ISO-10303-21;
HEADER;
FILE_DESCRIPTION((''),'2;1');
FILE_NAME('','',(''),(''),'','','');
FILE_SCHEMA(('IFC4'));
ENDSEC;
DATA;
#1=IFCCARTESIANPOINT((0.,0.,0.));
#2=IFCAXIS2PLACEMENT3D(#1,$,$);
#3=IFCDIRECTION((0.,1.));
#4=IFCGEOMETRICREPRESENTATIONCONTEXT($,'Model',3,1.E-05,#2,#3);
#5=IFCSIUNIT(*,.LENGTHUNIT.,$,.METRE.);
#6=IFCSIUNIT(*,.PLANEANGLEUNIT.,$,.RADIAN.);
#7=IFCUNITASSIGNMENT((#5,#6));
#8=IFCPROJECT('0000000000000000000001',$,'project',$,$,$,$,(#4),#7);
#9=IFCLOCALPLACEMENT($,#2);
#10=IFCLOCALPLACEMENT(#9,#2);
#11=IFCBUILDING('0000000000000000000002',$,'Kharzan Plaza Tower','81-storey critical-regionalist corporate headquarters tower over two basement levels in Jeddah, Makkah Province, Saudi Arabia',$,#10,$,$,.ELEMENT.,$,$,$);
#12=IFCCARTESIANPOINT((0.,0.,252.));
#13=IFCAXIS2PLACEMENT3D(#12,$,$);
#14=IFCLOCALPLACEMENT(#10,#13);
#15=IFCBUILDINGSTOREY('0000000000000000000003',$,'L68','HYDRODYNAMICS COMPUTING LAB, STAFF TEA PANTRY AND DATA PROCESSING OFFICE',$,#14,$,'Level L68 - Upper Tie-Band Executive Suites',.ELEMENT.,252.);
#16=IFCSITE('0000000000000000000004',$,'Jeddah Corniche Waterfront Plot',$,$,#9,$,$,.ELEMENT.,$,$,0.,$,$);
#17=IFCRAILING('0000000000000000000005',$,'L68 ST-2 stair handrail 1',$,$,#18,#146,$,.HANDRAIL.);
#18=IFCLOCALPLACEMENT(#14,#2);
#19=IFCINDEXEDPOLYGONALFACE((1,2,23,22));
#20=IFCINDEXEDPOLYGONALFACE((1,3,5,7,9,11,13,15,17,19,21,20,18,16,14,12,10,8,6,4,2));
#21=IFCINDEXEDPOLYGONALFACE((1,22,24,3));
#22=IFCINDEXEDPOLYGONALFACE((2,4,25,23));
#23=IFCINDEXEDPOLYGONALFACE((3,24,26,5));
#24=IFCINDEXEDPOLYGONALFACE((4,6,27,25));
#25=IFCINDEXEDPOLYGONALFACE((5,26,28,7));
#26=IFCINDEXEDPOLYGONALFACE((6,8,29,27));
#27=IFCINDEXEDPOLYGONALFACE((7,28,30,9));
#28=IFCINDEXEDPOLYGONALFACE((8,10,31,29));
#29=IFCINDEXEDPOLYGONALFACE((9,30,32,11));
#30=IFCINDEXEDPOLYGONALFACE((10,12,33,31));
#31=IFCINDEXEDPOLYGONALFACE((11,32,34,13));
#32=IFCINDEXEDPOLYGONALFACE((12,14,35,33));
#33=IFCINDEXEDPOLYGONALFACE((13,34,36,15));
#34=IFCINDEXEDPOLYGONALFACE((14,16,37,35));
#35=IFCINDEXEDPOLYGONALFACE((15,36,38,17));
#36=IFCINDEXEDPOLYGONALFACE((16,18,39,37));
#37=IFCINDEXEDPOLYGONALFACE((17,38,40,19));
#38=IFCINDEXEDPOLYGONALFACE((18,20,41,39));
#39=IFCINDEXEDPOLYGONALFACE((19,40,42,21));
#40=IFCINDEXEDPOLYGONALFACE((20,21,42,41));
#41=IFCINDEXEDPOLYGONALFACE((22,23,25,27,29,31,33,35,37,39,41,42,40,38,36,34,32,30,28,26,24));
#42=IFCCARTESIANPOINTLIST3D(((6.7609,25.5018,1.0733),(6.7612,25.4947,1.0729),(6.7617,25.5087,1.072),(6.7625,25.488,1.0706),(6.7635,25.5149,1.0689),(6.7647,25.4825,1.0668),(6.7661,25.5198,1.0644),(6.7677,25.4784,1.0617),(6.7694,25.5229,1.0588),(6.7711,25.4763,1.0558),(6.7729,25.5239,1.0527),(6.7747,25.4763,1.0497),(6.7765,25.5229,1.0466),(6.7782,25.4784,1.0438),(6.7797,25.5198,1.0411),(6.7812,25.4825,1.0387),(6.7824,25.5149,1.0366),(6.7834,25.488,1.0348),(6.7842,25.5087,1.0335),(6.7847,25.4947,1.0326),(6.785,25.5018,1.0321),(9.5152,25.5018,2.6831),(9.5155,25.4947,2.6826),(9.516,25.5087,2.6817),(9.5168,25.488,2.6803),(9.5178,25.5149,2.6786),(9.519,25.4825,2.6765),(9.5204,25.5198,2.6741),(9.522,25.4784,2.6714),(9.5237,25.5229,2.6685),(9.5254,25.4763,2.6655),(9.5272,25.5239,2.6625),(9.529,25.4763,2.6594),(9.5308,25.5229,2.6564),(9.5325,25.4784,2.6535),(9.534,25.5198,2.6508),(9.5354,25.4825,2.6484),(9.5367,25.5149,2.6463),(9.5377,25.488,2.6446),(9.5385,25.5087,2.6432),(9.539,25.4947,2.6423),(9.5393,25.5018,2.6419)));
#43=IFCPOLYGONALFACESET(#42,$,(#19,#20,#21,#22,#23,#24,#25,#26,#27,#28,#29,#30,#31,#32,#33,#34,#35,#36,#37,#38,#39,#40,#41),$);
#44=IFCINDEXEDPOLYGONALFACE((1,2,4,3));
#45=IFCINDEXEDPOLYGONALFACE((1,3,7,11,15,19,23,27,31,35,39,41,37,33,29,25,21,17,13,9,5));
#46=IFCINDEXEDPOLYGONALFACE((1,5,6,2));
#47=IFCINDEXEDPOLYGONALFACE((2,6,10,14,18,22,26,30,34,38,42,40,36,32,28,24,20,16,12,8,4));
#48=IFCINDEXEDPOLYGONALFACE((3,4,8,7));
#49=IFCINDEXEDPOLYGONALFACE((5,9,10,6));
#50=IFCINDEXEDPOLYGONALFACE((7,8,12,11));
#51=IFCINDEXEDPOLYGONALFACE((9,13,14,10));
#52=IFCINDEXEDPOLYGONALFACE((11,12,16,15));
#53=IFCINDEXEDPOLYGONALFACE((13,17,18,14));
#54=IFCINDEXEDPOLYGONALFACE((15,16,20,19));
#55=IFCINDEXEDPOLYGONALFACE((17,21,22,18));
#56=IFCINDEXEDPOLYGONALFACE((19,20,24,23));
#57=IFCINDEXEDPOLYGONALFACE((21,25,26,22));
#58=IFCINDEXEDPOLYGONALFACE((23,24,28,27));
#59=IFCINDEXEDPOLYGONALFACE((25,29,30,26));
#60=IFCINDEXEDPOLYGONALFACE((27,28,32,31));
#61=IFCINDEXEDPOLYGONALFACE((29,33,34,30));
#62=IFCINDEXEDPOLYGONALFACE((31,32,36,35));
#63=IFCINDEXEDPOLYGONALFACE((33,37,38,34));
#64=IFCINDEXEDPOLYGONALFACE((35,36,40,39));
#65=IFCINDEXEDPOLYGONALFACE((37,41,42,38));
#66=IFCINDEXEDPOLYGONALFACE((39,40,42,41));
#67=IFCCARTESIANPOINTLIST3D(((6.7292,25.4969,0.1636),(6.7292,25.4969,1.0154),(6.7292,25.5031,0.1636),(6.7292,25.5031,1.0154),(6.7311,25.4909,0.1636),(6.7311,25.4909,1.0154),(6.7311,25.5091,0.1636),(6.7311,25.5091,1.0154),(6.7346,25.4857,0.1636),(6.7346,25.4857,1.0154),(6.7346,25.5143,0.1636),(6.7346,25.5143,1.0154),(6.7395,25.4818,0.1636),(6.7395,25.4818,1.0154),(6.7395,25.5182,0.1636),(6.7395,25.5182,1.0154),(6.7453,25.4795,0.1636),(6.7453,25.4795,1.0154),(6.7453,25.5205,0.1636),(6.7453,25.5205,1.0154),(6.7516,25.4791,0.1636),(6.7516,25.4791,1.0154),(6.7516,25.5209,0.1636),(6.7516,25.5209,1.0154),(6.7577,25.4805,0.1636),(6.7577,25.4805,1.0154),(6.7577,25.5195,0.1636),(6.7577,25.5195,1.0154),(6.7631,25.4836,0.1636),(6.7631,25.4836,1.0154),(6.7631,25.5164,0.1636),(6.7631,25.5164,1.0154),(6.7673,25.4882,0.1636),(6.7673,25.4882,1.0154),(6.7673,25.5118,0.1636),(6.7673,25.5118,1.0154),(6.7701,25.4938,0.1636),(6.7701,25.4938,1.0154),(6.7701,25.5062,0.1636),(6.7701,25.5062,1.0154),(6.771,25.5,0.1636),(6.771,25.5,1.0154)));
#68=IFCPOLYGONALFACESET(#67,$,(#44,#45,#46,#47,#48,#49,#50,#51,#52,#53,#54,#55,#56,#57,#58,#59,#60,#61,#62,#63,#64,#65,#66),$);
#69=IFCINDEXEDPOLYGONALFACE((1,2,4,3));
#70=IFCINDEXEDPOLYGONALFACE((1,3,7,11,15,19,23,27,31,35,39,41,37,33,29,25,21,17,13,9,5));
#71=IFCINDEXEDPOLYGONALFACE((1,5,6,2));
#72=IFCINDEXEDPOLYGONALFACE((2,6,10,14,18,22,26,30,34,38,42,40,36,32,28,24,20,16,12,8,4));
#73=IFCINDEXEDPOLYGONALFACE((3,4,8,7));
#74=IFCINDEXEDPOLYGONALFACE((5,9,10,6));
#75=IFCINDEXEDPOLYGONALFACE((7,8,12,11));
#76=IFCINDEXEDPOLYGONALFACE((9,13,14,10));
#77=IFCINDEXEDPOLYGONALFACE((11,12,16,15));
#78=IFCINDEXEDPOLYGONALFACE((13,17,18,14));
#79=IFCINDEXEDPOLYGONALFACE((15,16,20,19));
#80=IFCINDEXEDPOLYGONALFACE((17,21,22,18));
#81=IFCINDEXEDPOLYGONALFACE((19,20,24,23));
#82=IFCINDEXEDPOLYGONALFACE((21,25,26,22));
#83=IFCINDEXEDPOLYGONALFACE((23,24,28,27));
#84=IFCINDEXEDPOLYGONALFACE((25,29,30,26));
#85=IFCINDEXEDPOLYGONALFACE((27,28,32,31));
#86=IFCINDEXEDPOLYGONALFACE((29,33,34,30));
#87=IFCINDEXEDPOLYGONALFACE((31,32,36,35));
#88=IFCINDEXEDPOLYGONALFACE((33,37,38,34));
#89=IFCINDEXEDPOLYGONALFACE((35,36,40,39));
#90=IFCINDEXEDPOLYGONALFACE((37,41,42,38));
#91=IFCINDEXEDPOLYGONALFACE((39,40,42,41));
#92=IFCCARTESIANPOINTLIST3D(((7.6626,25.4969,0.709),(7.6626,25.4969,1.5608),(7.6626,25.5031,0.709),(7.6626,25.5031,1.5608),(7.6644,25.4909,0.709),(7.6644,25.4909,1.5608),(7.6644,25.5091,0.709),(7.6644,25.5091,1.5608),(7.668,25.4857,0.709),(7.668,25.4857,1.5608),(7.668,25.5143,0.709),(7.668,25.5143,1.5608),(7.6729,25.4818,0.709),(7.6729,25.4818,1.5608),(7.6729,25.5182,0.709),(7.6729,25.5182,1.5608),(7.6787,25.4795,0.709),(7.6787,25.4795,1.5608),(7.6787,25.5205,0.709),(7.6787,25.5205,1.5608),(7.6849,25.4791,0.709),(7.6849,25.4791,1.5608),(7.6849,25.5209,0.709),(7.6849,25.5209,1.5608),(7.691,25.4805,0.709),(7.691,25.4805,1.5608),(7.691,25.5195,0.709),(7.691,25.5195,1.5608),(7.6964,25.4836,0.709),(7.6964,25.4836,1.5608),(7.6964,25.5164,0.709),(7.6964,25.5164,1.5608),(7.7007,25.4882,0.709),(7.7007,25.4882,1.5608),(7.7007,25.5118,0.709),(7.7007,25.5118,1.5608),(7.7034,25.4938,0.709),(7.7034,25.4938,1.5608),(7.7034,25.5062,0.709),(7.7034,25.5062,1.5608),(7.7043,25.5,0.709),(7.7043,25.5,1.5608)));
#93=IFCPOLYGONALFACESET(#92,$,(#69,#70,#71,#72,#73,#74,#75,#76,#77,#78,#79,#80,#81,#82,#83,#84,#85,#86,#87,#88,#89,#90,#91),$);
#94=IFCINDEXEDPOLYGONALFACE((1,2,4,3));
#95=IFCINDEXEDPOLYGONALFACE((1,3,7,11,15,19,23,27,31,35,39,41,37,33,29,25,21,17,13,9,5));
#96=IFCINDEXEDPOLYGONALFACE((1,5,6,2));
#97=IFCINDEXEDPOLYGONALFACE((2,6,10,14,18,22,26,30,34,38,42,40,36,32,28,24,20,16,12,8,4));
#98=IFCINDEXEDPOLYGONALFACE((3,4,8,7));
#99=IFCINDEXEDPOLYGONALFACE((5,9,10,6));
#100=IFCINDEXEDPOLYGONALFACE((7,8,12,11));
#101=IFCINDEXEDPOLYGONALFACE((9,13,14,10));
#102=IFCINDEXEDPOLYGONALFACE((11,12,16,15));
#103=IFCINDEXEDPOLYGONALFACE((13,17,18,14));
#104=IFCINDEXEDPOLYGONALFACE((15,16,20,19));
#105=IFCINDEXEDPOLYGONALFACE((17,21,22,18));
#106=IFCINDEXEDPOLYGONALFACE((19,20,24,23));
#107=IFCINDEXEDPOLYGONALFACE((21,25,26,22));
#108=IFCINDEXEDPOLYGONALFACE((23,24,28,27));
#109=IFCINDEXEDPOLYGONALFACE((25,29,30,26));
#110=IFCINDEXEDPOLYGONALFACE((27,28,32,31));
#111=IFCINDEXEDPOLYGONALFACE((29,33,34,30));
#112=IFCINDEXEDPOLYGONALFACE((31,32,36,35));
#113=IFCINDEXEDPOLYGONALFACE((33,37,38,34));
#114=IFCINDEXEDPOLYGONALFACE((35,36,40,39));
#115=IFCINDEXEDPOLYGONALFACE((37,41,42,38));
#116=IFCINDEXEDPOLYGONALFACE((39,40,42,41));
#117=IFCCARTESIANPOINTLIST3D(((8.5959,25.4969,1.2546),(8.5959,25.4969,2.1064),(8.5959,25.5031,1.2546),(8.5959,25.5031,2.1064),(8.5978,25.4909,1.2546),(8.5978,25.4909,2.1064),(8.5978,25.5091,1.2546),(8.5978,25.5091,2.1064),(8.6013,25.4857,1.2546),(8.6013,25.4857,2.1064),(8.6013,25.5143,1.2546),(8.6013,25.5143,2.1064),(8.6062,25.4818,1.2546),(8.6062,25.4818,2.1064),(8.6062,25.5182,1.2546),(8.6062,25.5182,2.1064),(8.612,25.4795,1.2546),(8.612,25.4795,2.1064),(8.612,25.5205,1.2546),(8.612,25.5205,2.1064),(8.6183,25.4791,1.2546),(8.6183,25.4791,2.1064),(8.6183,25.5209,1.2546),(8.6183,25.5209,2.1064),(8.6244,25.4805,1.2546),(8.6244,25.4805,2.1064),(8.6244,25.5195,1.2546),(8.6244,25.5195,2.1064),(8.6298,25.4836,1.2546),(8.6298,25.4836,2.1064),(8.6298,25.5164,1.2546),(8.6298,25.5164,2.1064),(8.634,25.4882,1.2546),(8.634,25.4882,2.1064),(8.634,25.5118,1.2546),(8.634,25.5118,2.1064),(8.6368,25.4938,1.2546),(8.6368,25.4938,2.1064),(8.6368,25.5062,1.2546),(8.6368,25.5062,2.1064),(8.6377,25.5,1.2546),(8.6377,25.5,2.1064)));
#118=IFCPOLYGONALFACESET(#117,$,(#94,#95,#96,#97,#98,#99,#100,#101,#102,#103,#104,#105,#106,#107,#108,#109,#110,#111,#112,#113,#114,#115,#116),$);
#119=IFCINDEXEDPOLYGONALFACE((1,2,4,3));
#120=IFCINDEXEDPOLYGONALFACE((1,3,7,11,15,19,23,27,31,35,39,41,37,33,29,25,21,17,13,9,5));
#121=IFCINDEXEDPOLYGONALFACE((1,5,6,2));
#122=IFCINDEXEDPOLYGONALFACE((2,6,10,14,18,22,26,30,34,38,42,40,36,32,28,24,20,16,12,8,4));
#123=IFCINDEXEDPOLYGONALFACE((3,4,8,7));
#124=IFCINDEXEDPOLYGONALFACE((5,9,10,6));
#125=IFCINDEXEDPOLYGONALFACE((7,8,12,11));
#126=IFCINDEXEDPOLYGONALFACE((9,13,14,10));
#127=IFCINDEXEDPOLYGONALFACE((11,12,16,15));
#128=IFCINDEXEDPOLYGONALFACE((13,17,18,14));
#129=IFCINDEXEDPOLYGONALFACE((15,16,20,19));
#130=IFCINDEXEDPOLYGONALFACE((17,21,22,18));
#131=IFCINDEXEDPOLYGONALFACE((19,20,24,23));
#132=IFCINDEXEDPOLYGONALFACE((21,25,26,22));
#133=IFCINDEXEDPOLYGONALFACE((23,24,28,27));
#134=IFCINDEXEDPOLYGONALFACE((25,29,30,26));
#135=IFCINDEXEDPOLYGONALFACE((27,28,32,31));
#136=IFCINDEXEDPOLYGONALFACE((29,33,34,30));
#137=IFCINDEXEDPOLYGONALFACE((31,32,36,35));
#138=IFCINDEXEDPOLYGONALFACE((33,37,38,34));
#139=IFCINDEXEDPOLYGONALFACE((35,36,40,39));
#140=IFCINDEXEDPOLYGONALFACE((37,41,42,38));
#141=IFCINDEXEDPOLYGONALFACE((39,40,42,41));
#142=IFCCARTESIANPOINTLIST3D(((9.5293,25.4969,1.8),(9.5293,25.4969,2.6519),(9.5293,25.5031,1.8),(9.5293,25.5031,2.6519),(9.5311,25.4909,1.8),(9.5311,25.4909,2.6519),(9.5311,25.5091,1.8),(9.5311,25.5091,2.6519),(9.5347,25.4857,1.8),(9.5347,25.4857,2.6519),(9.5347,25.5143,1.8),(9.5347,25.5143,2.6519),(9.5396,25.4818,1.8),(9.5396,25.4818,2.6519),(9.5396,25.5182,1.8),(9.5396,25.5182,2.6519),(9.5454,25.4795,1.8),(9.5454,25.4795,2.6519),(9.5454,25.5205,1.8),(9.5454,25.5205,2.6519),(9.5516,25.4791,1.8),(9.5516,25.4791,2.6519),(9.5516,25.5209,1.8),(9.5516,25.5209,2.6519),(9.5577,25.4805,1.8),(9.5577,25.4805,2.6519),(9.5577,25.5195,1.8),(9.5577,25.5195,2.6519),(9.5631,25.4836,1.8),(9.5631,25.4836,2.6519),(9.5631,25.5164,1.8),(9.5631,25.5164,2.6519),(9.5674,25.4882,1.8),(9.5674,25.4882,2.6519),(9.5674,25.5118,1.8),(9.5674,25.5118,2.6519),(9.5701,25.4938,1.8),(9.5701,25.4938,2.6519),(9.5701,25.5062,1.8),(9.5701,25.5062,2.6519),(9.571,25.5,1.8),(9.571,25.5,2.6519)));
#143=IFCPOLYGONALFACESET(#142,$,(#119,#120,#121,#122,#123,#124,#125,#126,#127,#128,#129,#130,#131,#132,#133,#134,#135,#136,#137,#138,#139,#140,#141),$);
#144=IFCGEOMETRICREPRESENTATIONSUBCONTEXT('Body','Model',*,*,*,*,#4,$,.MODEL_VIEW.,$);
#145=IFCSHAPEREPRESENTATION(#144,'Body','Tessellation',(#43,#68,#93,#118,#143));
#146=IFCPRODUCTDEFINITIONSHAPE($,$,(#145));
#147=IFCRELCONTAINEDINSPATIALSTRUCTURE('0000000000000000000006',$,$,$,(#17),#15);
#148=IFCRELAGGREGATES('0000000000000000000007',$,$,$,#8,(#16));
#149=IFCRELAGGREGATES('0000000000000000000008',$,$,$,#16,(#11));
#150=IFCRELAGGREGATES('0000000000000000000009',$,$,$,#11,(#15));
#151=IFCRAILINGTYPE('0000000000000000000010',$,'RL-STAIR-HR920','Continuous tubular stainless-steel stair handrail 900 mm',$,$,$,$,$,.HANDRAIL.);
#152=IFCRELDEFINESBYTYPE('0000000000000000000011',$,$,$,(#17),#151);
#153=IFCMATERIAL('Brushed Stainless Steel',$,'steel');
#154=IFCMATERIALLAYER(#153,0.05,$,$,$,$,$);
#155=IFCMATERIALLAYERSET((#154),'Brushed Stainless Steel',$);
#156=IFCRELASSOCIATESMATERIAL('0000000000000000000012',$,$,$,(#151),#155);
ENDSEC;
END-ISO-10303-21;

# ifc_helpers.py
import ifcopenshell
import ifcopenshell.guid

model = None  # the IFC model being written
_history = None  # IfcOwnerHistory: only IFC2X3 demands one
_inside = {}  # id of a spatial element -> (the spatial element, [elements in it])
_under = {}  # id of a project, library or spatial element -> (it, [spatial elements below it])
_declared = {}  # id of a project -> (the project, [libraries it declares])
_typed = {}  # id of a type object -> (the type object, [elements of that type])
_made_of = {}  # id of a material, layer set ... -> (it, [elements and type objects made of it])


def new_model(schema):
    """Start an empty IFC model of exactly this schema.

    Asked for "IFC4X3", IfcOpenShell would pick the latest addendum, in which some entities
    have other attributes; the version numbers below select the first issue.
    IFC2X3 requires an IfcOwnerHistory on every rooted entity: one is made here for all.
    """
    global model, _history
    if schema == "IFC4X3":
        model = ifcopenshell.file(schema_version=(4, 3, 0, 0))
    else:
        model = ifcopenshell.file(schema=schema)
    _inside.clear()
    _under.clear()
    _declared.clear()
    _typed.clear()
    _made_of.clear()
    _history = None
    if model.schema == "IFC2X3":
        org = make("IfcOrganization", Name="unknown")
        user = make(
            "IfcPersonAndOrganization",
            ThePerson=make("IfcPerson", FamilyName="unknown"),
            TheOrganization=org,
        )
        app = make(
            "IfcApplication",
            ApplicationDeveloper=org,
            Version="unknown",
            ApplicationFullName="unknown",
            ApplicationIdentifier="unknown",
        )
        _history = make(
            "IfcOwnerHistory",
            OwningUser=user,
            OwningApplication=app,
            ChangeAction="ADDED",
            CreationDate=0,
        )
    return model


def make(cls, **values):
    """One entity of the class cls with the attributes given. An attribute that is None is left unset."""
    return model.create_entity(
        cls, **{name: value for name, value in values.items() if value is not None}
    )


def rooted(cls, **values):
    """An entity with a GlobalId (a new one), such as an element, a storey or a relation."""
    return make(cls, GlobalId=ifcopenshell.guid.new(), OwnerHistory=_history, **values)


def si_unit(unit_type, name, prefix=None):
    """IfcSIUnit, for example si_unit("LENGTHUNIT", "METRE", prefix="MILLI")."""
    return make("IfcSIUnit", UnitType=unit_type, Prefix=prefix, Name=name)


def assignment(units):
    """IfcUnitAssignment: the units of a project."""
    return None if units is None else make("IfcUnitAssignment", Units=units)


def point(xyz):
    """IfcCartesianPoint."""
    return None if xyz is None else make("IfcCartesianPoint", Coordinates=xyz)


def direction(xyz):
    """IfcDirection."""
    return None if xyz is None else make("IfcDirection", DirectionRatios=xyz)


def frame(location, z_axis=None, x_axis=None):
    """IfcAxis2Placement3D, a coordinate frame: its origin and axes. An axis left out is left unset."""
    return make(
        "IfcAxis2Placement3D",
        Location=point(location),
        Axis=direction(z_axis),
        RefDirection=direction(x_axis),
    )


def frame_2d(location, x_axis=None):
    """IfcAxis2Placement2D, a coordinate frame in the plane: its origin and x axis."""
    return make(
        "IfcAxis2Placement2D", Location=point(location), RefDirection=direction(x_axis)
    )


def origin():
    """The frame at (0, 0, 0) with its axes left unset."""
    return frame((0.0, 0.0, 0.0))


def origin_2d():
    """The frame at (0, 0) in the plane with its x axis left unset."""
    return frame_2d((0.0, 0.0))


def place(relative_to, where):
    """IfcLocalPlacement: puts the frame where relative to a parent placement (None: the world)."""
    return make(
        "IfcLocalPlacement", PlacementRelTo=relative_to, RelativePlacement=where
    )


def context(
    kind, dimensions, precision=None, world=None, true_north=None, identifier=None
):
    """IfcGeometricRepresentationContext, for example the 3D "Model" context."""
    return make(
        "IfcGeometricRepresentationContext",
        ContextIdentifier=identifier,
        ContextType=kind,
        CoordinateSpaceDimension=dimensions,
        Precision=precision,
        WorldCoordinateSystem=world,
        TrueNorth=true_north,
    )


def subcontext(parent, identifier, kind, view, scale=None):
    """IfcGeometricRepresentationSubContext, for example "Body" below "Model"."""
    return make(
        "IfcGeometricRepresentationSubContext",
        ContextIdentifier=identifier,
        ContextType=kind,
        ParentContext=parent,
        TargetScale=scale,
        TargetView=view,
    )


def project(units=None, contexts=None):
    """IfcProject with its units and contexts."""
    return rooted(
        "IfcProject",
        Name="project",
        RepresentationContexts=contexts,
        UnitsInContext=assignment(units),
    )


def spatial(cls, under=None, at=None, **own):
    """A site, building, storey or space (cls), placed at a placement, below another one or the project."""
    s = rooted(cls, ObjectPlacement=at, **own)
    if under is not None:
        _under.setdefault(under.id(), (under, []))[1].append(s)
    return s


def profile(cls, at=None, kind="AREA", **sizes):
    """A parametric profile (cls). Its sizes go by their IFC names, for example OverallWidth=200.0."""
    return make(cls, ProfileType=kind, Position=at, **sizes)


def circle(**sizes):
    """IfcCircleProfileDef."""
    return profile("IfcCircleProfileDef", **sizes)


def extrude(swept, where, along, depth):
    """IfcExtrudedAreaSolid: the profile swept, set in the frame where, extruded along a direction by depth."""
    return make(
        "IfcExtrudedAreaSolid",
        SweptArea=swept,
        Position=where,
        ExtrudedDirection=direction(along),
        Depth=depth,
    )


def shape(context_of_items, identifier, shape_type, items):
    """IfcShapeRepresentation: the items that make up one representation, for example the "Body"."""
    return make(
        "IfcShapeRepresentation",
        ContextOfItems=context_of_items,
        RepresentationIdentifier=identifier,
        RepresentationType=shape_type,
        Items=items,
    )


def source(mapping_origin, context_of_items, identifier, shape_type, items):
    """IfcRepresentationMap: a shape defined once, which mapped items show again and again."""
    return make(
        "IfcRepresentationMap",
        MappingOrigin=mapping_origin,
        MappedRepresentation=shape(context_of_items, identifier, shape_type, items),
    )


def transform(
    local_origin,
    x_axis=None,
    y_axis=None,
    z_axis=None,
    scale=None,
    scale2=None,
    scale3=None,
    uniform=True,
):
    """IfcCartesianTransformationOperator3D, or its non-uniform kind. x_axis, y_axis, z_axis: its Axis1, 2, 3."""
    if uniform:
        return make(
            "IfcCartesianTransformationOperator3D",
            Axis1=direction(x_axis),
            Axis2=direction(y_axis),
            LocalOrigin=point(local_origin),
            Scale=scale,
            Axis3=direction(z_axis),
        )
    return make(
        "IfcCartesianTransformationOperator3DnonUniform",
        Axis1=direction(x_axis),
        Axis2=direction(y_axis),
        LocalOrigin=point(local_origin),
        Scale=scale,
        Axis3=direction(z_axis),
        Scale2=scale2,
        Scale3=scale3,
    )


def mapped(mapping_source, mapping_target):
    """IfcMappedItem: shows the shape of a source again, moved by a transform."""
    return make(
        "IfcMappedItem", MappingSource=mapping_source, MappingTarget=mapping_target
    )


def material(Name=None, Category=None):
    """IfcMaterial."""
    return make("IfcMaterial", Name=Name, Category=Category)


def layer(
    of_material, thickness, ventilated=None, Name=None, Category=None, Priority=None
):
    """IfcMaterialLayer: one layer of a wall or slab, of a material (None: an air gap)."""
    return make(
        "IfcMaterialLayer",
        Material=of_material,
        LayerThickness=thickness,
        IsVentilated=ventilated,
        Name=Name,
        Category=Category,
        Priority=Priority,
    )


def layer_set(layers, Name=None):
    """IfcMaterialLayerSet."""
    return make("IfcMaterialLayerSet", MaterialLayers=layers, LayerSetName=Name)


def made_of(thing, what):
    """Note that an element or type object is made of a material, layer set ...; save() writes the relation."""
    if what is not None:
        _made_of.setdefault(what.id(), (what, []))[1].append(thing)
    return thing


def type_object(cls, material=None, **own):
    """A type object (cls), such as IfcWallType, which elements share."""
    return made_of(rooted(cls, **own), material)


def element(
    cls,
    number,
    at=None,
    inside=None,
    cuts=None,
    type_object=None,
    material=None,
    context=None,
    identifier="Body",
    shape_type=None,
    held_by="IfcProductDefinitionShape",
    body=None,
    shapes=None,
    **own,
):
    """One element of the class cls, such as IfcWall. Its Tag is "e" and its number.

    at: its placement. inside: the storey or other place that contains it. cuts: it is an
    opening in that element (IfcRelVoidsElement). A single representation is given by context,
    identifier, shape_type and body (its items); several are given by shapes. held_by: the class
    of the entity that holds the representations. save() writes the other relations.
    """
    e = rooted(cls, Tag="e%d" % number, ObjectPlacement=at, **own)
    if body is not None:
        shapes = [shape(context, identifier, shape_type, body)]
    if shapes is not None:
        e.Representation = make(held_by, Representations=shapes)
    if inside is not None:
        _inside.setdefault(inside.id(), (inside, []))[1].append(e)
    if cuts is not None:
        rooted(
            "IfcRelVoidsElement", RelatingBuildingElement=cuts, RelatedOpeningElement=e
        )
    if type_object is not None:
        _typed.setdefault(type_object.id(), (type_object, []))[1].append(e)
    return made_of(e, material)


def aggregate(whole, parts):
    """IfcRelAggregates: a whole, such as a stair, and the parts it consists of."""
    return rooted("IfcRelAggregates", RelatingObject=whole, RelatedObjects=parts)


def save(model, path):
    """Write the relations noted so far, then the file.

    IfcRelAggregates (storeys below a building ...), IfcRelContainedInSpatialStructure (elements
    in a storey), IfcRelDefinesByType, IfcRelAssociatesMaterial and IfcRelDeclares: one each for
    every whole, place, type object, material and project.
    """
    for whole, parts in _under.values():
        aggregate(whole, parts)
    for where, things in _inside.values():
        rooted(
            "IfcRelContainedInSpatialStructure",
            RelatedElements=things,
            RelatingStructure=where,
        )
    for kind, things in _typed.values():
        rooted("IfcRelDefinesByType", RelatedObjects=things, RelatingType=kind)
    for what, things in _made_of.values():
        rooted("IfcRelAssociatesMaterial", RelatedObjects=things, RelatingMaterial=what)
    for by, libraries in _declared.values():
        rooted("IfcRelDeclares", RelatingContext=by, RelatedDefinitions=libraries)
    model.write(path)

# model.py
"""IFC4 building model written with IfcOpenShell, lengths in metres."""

from ifc_helpers import new_model, si_unit, direction, frame, origin, origin_2d, place, context, subcontext, project, spatial, circle, extrude, source, transform, mapped, material, layer, layer_set, type_object, element, save


model = new_model("IFC4")

# Units and contexts
model_context = context("Model", 3, precision=1e-05, world=origin(), true_north=direction((0.0, 1.0)))
body_context = subcontext(model_context, "Body", "Model", "MODEL_VIEW")
ifc_project = project(units=[si_unit("LENGTHUNIT", "METRE"), si_unit("PLANEANGLEUNIT", "RADIAN")], contexts=[model_context])

# Site, building, storey
site_placement = place(None, origin())
site = spatial("IfcSite", under=ifc_project, at=site_placement, Name="Jeddah Corniche Waterfront Plot", CompositionType="ELEMENT", RefElevation=0.0)
building_placement = place(site_placement, origin())
building = spatial("IfcBuilding", under=site, at=building_placement, Name="Kharzan Plaza Tower", Description="81-storey critical-regionalist corporate headquarters tower over two basement levels in Jeddah, Makkah Province, Saudi Arabia", CompositionType="ELEMENT")
storey_placement = place(building_placement, frame((0.0, 0.0, 252.0)))
storey = spatial("IfcBuildingStorey", under=building, at=storey_placement, Name="L68", Description="HYDRODYNAMICS COMPUTING LAB, STAFF TEA PANTRY AND DATA PROCESSING OFFICE", LongName="Level L68 - Upper Tie-Band Executive Suites", CompositionType="ELEMENT", Elevation=252.0)

# Railing
ifc_material_1 = material(Name="Brushed Stainless Steel", Category="steel")
ifc_layer_1 = layer(ifc_material_1, 0.05)
ifc_layer_set_1 = layer_set([ifc_layer_1], Name="Brushed Stainless Steel")
railing_type_1 = type_object("IfcRailingType", Name="RL-STAIR-HR920", Description="Continuous tubular stainless-steel stair handrail 900 mm", PredefinedType="HANDRAIL", material=ifc_layer_set_1)
shared_shape_1 = source(origin(), body_context, "Body", "SweptSolid", [
    extrude(circle(Radius=0.0239, at=origin_2d()), frame((0.0229, 0.0, 0.8892), z_axis=(0.863361, 0.0, 0.504587), x_axis=(0.0, 1.0, 0.0)), (0.0, 0.0, 1.0), 3.1902),
    extrude(circle(Radius=0.021, at=origin_2d()), origin(), (0.0, 0.0, 1.0), 0.8518),
    extrude(circle(Radius=0.021, at=origin_2d()), frame((0.9333, 0.0, 0.5454)), (0.0, 0.0, 1.0), 0.8518),
    extrude(circle(Radius=0.021, at=origin_2d()), frame((1.8667, 0.0, 1.0911)), (0.0, 0.0, 1.0), 0.8518),
    extrude(circle(Radius=0.021, at=origin_2d()), frame((2.8, 0.0, 1.6365)), (0.0, 0.0, 1.0), 0.8518),
])
railing_1_placement = place(storey_placement, frame((6.75, 25.5, 0.1636)))
element("IfcRailing", 1, at=railing_1_placement, inside=storey, type_object=railing_type_1, Name="L68 ST-2 stair handrail 1", PredefinedType="HANDRAIL", context=body_context, shape_type="MappedRepresentation", body=[
    mapped(shared_shape_1, transform((0.0, 0.0, 0.0), x_axis=(1.0, 0.0, 0.0), y_axis=(0.0, 1.0, 0.0), z_axis=(0.0, 0.0, 1.0))),
])

save(model, "model.ifc")
